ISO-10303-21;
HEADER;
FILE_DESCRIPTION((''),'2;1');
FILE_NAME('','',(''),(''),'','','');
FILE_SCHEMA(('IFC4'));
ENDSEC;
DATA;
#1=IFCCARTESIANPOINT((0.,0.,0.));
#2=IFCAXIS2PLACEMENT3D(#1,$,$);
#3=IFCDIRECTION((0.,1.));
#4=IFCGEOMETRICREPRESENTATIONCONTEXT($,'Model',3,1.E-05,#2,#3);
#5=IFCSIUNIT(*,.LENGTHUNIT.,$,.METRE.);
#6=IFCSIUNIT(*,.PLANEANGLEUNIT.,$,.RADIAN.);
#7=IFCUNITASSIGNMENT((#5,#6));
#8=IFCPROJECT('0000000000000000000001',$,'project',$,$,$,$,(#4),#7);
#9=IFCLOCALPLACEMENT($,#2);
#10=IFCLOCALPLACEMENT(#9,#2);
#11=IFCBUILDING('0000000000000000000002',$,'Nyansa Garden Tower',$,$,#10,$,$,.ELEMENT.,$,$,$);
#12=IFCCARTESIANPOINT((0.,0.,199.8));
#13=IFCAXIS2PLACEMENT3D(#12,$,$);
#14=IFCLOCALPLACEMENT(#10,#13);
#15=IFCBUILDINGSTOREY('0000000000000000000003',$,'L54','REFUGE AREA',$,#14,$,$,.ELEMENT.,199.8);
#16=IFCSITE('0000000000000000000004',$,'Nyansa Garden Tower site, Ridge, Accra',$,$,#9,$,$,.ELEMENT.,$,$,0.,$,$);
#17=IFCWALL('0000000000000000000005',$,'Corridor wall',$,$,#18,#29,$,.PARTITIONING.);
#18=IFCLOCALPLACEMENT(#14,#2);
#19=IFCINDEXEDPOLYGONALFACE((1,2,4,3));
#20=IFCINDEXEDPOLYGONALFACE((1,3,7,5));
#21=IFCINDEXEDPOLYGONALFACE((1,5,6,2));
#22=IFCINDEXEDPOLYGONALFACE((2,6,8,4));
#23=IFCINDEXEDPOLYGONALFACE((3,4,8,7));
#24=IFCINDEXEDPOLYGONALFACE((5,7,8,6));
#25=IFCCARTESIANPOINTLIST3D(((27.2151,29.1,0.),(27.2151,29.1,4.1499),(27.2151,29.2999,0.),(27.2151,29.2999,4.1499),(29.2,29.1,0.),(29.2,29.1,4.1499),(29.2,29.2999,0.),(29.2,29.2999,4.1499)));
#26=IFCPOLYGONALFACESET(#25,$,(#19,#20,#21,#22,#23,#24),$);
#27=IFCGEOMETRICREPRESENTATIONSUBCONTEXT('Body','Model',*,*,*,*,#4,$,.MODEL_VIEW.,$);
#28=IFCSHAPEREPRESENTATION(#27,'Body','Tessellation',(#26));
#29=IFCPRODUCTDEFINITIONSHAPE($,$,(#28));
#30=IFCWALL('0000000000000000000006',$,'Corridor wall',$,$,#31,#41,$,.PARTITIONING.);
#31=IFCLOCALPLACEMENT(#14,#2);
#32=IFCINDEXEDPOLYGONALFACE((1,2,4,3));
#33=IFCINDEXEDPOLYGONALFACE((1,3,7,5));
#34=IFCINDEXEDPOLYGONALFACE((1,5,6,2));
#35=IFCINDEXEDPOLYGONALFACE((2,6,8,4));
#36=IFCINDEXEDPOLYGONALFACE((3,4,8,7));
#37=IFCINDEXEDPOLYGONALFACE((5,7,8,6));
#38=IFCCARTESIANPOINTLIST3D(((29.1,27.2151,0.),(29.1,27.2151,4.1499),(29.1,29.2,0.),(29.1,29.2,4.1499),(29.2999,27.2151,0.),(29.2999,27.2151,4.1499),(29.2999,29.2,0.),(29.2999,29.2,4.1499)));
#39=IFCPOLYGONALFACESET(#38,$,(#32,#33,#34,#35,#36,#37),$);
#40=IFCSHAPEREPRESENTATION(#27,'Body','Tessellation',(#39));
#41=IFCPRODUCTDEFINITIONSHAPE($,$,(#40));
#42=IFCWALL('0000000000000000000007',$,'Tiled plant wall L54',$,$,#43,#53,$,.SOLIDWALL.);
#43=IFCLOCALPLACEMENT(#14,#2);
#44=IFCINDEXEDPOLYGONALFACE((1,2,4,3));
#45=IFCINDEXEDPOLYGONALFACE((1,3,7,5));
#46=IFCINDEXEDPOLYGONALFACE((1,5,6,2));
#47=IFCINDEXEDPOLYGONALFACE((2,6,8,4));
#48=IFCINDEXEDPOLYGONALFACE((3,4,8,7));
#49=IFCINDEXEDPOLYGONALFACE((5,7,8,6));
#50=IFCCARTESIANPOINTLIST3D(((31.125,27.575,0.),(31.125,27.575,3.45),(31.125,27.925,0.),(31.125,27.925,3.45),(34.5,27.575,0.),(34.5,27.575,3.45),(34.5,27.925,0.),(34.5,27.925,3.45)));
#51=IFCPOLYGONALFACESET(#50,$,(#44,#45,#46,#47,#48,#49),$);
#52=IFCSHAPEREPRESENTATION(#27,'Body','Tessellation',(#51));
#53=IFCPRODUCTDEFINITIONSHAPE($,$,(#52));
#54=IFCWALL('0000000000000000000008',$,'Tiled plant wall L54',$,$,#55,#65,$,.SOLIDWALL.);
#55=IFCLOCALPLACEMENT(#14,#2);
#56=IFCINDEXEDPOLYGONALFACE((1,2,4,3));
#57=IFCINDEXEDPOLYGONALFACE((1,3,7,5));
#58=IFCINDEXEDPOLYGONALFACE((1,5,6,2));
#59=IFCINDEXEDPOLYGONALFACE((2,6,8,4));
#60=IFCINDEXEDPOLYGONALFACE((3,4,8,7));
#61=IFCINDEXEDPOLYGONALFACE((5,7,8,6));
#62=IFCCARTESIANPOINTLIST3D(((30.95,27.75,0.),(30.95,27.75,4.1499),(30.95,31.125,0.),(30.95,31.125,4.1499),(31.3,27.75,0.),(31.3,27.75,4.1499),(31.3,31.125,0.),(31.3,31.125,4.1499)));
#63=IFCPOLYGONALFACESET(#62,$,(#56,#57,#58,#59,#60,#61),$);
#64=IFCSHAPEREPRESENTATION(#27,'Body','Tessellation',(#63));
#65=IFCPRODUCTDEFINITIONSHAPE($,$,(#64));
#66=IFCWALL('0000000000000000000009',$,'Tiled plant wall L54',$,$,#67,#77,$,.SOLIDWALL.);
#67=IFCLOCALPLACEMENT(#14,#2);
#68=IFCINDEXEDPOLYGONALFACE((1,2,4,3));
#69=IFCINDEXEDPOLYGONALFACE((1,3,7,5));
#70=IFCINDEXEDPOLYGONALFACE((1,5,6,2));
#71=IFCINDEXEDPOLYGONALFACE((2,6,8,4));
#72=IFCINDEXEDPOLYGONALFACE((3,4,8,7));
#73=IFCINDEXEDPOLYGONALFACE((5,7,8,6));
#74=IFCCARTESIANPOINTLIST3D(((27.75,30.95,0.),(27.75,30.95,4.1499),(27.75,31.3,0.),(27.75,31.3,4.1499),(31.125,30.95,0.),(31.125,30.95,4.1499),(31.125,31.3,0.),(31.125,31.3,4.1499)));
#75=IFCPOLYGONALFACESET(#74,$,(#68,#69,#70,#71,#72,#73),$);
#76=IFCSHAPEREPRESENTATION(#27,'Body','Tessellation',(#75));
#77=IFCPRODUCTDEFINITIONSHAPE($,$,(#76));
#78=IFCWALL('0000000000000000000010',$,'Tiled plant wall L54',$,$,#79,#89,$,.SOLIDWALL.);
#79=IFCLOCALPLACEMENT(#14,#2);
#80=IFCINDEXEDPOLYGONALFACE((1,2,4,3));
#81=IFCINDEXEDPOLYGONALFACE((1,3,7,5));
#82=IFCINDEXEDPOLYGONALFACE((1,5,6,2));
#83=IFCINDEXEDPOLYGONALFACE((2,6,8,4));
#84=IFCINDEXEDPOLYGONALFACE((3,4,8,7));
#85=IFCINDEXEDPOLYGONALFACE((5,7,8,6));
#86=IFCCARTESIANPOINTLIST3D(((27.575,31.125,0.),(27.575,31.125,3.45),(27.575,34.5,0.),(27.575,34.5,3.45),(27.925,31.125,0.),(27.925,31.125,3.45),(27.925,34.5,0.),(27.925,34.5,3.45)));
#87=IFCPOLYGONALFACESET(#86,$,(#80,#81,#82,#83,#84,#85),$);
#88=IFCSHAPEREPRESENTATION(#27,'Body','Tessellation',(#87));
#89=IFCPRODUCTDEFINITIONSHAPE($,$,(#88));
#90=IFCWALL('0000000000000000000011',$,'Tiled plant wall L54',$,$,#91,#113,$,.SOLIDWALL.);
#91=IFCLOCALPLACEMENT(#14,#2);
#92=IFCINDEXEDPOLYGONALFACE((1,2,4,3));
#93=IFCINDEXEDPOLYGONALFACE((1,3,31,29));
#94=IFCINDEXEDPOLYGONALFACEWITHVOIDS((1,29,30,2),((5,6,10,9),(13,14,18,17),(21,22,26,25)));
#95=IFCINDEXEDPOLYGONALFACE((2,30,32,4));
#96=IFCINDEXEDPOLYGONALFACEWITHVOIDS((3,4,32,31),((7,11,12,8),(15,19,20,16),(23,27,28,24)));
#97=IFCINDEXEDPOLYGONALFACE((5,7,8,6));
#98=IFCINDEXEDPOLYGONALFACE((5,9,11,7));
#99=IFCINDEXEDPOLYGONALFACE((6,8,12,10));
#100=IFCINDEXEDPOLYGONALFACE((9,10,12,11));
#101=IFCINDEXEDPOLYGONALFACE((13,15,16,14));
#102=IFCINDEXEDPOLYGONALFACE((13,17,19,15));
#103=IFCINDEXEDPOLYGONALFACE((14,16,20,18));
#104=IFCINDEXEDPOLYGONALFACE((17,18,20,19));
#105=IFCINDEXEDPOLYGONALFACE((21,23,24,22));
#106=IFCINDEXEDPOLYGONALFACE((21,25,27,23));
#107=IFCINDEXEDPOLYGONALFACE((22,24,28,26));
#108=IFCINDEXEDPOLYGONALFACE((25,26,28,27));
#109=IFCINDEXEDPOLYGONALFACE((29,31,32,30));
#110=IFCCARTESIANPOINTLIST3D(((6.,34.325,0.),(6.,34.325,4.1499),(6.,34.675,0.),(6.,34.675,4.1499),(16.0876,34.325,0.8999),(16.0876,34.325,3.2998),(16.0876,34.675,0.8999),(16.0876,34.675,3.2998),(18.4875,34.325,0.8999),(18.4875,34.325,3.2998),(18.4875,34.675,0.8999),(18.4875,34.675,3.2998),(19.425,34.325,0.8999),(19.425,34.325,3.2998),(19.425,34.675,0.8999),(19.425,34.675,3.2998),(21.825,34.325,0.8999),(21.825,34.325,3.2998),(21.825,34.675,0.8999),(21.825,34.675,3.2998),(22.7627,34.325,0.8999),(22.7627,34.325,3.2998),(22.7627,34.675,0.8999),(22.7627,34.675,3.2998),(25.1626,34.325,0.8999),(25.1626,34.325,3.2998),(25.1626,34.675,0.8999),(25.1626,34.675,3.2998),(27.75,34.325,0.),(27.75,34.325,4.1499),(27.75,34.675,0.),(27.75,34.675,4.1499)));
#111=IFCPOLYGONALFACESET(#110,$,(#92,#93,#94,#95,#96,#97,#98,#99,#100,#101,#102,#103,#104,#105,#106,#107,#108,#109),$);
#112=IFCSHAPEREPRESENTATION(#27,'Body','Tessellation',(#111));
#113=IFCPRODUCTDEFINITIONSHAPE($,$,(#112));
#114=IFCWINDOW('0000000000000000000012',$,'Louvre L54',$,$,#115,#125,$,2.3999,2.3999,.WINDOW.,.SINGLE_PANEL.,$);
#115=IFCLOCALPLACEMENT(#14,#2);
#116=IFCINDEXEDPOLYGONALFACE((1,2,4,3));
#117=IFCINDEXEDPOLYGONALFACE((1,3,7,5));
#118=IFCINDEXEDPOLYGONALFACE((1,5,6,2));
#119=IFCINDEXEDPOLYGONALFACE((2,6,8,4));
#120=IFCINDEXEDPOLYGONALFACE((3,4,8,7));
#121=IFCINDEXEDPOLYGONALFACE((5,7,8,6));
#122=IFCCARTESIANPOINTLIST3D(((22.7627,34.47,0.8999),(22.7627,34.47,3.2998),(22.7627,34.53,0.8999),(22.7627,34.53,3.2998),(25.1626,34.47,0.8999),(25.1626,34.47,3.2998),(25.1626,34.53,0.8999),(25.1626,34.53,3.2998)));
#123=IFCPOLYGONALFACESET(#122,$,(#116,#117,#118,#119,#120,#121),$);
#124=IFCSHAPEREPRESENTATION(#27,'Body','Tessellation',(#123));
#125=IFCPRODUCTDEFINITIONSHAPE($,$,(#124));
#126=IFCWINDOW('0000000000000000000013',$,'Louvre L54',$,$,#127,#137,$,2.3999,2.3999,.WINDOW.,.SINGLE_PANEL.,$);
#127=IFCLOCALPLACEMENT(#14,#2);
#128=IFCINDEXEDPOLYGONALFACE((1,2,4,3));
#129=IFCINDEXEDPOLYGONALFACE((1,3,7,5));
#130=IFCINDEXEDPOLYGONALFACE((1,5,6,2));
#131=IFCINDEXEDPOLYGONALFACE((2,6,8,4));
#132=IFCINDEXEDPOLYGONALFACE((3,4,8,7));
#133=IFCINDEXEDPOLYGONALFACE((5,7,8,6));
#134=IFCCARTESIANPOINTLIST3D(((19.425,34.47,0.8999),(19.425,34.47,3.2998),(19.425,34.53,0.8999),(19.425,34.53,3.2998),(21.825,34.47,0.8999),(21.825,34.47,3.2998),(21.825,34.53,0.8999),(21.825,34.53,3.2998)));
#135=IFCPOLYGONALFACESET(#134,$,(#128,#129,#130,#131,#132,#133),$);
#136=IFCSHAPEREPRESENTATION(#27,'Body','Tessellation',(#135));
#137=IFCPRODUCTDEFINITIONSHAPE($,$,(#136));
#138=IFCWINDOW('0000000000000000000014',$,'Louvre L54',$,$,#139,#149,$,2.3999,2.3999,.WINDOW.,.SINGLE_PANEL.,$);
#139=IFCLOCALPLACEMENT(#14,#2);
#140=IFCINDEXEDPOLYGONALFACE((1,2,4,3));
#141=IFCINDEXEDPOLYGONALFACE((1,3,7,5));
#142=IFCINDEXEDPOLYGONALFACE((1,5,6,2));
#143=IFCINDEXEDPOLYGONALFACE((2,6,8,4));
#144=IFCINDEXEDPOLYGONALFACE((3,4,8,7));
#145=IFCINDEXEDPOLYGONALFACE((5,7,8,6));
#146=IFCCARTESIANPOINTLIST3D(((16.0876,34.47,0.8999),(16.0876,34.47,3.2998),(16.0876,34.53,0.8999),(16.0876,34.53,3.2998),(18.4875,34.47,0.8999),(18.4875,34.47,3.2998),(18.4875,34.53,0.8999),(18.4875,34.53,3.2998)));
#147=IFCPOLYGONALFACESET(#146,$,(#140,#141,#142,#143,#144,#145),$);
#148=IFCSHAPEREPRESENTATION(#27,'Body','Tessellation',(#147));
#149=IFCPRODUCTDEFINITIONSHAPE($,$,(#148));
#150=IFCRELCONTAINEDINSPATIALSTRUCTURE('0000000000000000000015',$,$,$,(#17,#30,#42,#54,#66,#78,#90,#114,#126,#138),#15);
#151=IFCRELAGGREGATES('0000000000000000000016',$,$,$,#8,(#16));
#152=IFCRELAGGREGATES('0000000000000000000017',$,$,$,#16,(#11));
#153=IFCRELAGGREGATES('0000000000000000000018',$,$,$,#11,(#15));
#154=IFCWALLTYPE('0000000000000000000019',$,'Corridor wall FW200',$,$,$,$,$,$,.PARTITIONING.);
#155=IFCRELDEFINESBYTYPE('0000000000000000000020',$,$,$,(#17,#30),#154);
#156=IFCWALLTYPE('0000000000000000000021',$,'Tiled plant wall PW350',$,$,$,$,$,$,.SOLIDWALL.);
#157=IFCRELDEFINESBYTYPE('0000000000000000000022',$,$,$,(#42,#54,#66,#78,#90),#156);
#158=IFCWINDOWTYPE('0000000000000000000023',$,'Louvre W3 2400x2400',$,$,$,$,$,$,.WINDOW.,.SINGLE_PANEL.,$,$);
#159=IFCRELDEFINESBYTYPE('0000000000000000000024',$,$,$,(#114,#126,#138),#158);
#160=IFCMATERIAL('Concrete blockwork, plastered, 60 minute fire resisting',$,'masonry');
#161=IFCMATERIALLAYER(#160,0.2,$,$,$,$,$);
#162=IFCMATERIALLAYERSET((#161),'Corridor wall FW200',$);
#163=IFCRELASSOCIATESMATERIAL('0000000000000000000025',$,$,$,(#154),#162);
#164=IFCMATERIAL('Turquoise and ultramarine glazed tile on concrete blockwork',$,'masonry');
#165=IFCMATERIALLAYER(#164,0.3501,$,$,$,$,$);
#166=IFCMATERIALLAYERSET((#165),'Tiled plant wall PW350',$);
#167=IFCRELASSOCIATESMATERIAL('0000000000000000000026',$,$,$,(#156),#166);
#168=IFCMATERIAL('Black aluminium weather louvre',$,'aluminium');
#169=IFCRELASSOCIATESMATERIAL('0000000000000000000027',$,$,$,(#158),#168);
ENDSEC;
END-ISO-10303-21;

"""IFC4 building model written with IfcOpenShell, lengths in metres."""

from ifc_helpers import new_model, si_unit, direction, frame, frame_2d, origin, place, context, subcontext, project, spatial, rectangle, extrude, material, layer, layer_set, type_object, element, fill, save


model = new_model("IFC4")

# Units and contexts
model_context = context("Model", 3, precision=1e-05, world=origin(), true_north=direction((0.0, 1.0)))
body_context = subcontext(model_context, "Body", "Model", "MODEL_VIEW")
ifc_project = project(units=[si_unit("LENGTHUNIT", "METRE"), si_unit("PLANEANGLEUNIT", "RADIAN")], contexts=[model_context])

# Site, building, storey
site_placement = place(None, origin())
site = spatial("IfcSite", under=ifc_project, at=site_placement, Name="Nyansa Garden Tower site, Ridge, Accra", CompositionType="ELEMENT", RefElevation=0.0)
building_placement = place(site_placement, origin())
building = spatial("IfcBuilding", under=site, at=building_placement, Name="Nyansa Garden Tower", CompositionType="ELEMENT")
storey_placement = place(building_placement, frame((0.0, 0.0, 199.8)))
storey = spatial("IfcBuildingStorey", under=building, at=storey_placement, Name="L54", Description="REFUGE AREA", CompositionType="ELEMENT", Elevation=199.8)

# Walls
ifc_material_1 = material(Name="Concrete blockwork, plastered, 60 minute fire resisting", Category="masonry")
ifc_layer_1 = layer(ifc_material_1, 0.2)
ifc_layer_set_1 = layer_set([ifc_layer_1], Name="Corridor wall FW200")
wall_type_1 = type_object("IfcWallType", Name="Corridor wall FW200", PredefinedType="PARTITIONING", material=ifc_layer_set_1)
for number, where, z_axis, x_axis, name in (
    (1, (27.2151, 29.2, 0.0), (0.0, 0.0, 1.0), (1.0, 0.0, 0.0), "Corridor wall"),
    (2, (29.2, 27.2151, 0.0), (0.0, 0.0, 1.0), (0.0, 1.0, 0.0), "Corridor wall"),
):
    element("IfcWall", number, at=place(storey_placement, frame(where, z_axis=z_axis, x_axis=x_axis)), inside=storey, type_object=wall_type_1, Name=name, PredefinedType="PARTITIONING", context=body_context, shape_type="SweptSolid", body=[
        extrude(rectangle(XDim=1.9849, YDim=0.2, at=frame_2d((0.9924, 0.0))), origin(), (0.0, 0.0, 1.0), 4.1499),
    ])
ifc_material_2 = material(Name="Turquoise and ultramarine glazed tile on concrete blockwork", Category="masonry")
ifc_layer_2 = layer(ifc_material_2, 0.3501)
ifc_layer_set_2 = layer_set([ifc_layer_2], Name="Tiled plant wall PW350")
wall_type_2 = type_object("IfcWallType", Name="Tiled plant wall PW350", PredefinedType="SOLIDWALL", material=ifc_layer_set_2)
wall_1_placement = place(storey_placement, frame((34.5, 27.75, 0.0), z_axis=(0.0, 0.0, 1.0), x_axis=(-1.0, 0.0, 0.0)))
element("IfcWall", 3, at=wall_1_placement, inside=storey, type_object=wall_type_2, Name="Tiled plant wall L54", PredefinedType="SOLIDWALL", context=body_context, shape_type="SweptSolid", body=[
    extrude(rectangle(XDim=3.375, YDim=0.3501, at=frame_2d((1.6875, 0.0))), origin(), (0.0, 0.0, 1.0), 3.45),
])
for number, where, z_axis, x_axis, name in (
    (4, (31.125, 27.75, 0.0), (0.0, 0.0, 1.0), (0.0, 1.0, 0.0), "Tiled plant wall L54"),
    (5, (31.125, 31.125, 0.0), (0.0, 0.0, 1.0), (-1.0, 0.0, 0.0), "Tiled plant wall L54"),
):
    element("IfcWall", number, at=place(storey_placement, frame(where, z_axis=z_axis, x_axis=x_axis)), inside=storey, type_object=wall_type_2, Name=name, PredefinedType="SOLIDWALL", context=body_context, shape_type="SweptSolid", body=[
        extrude(rectangle(XDim=3.375, YDim=0.3501, at=frame_2d((1.6875, 0.0))), origin(), (0.0, 0.0, 1.0), 4.1499),
    ])
wall_2_placement = place(storey_placement, frame((27.75, 31.125, 0.0), z_axis=(0.0, 0.0, 1.0), x_axis=(0.0, 1.0, 0.0)))
element("IfcWall", 6, at=wall_2_placement, inside=storey, type_object=wall_type_2, Name="Tiled plant wall L54", PredefinedType="SOLIDWALL", context=body_context, shape_type="SweptSolid", body=[
    extrude(rectangle(XDim=3.375, YDim=0.3501, at=frame_2d((1.6875, 0.0))), origin(), (0.0, 0.0, 1.0), 3.45),
])

# Wall, openings, windows
wall_3_placement = place(storey_placement, frame((27.75, 34.5, 0.0), z_axis=(0.0, 0.0, 1.0), x_axis=(-1.0, 0.0, 0.0)))
wall_3 = element("IfcWall", 7, at=wall_3_placement, inside=storey, type_object=wall_type_2, Name="Tiled plant wall L54", PredefinedType="SOLIDWALL", context=body_context, shape_type="SweptSolid", body=[
    extrude(rectangle(XDim=21.75, YDim=0.3501, at=frame_2d((10.875, 0.0))), origin(), (0.0, 0.0, 1.0), 4.1499),
])
opening_1_placement = place(wall_3_placement, frame((2.5874, 0.0, 0.8999)))
opening_1 = element("IfcOpeningElement", 8, at=opening_1_placement, cuts=wall_3, PredefinedType="OPENING", context=body_context, shape_type="SweptSolid", body=[
    extrude(rectangle(XDim=2.3999, YDim=2.3999, at=frame_2d((1.2, 1.2))), frame((0.0, 0.1851, 0.0), z_axis=(0.0, -1.0, 0.0), x_axis=(1.0, 0.0, 0.0)), (0.0, 0.0, 1.0), 0.3701),
])
opening_2_placement = place(wall_3_placement, frame((5.925, 0.0, 0.8999)))
opening_2 = element("IfcOpeningElement", 9, at=opening_2_placement, cuts=wall_3, PredefinedType="OPENING", context=body_context, shape_type="SweptSolid", body=[
    extrude(rectangle(XDim=2.3999, YDim=2.3999, at=frame_2d((1.2, 1.2))), frame((0.0, 0.1851, 0.0), z_axis=(0.0, -1.0, 0.0), x_axis=(1.0, 0.0, 0.0)), (0.0, 0.0, 1.0), 0.3701),
])
opening_3_placement = place(wall_3_placement, frame((9.2625, 0.0, 0.8999)))
opening_3 = element("IfcOpeningElement", 10, at=opening_3_placement, cuts=wall_3, PredefinedType="OPENING", context=body_context, shape_type="SweptSolid", body=[
    extrude(rectangle(XDim=2.3999, YDim=2.3999, at=frame_2d((1.2, 1.2))), frame((0.0, 0.1851, 0.0), z_axis=(0.0, -1.0, 0.0), x_axis=(1.0, 0.0, 0.0)), (0.0, 0.0, 1.0), 0.3701),
])
ifc_material_3 = material(Name="Black aluminium weather louvre", Category="aluminium")
window_type = type_object("IfcWindowType", Name="Louvre W3 2400x2400", PartitioningType="SINGLE_PANEL", PredefinedType="WINDOW", material=ifc_material_3)
window_1_placement = place(opening_1_placement, origin())
window_1 = element("IfcWindow", 11, at=window_1_placement, inside=storey, type_object=window_type, Name="Louvre L54", OverallHeight=2.3999, OverallWidth=2.3999, PartitioningType="SINGLE_PANEL", PredefinedType="WINDOW", context=body_context, shape_type="SweptSolid", body=[
    extrude(rectangle(XDim=2.3999, YDim=2.3999, at=frame_2d((1.2, 1.2))), frame((0.0, 0.03, 0.0), z_axis=(0.0, -1.0, 0.0), x_axis=(1.0, 0.0, 0.0)), (0.0, 0.0, 1.0), 0.0601),
])
fill(opening_1, window_1)
window_2_placement = place(opening_2_placement, origin())
window_2 = element("IfcWindow", 12, at=window_2_placement, inside=storey, type_object=window_type, Name="Louvre L54", OverallHeight=2.3999, OverallWidth=2.3999, PartitioningType="SINGLE_PANEL", PredefinedType="WINDOW", context=body_context, shape_type="SweptSolid", body=[
    extrude(rectangle(XDim=2.3999, YDim=2.3999, at=frame_2d((1.2, 1.2))), frame((0.0, 0.03, 0.0), z_axis=(0.0, -1.0, 0.0), x_axis=(1.0, 0.0, 0.0)), (0.0, 0.0, 1.0), 0.0601),
])
fill(opening_2, window_2)
window_3_placement = place(opening_3_placement, origin())
window_3 = element("IfcWindow", 13, at=window_3_placement, inside=storey, type_object=window_type, Name="Louvre L54", OverallHeight=2.3999, OverallWidth=2.3999, PartitioningType="SINGLE_PANEL", PredefinedType="WINDOW", context=body_context, shape_type="SweptSolid", body=[
    extrude(rectangle(XDim=2.3999, YDim=2.3999, at=frame_2d((1.2, 1.2))), frame((0.0, 0.03, 0.0), z_axis=(0.0, -1.0, 0.0), x_axis=(1.0, 0.0, 0.0)), (0.0, 0.0, 1.0), 0.0601),
])
fill(opening_3, window_3)

save(model, "model.ifc")
